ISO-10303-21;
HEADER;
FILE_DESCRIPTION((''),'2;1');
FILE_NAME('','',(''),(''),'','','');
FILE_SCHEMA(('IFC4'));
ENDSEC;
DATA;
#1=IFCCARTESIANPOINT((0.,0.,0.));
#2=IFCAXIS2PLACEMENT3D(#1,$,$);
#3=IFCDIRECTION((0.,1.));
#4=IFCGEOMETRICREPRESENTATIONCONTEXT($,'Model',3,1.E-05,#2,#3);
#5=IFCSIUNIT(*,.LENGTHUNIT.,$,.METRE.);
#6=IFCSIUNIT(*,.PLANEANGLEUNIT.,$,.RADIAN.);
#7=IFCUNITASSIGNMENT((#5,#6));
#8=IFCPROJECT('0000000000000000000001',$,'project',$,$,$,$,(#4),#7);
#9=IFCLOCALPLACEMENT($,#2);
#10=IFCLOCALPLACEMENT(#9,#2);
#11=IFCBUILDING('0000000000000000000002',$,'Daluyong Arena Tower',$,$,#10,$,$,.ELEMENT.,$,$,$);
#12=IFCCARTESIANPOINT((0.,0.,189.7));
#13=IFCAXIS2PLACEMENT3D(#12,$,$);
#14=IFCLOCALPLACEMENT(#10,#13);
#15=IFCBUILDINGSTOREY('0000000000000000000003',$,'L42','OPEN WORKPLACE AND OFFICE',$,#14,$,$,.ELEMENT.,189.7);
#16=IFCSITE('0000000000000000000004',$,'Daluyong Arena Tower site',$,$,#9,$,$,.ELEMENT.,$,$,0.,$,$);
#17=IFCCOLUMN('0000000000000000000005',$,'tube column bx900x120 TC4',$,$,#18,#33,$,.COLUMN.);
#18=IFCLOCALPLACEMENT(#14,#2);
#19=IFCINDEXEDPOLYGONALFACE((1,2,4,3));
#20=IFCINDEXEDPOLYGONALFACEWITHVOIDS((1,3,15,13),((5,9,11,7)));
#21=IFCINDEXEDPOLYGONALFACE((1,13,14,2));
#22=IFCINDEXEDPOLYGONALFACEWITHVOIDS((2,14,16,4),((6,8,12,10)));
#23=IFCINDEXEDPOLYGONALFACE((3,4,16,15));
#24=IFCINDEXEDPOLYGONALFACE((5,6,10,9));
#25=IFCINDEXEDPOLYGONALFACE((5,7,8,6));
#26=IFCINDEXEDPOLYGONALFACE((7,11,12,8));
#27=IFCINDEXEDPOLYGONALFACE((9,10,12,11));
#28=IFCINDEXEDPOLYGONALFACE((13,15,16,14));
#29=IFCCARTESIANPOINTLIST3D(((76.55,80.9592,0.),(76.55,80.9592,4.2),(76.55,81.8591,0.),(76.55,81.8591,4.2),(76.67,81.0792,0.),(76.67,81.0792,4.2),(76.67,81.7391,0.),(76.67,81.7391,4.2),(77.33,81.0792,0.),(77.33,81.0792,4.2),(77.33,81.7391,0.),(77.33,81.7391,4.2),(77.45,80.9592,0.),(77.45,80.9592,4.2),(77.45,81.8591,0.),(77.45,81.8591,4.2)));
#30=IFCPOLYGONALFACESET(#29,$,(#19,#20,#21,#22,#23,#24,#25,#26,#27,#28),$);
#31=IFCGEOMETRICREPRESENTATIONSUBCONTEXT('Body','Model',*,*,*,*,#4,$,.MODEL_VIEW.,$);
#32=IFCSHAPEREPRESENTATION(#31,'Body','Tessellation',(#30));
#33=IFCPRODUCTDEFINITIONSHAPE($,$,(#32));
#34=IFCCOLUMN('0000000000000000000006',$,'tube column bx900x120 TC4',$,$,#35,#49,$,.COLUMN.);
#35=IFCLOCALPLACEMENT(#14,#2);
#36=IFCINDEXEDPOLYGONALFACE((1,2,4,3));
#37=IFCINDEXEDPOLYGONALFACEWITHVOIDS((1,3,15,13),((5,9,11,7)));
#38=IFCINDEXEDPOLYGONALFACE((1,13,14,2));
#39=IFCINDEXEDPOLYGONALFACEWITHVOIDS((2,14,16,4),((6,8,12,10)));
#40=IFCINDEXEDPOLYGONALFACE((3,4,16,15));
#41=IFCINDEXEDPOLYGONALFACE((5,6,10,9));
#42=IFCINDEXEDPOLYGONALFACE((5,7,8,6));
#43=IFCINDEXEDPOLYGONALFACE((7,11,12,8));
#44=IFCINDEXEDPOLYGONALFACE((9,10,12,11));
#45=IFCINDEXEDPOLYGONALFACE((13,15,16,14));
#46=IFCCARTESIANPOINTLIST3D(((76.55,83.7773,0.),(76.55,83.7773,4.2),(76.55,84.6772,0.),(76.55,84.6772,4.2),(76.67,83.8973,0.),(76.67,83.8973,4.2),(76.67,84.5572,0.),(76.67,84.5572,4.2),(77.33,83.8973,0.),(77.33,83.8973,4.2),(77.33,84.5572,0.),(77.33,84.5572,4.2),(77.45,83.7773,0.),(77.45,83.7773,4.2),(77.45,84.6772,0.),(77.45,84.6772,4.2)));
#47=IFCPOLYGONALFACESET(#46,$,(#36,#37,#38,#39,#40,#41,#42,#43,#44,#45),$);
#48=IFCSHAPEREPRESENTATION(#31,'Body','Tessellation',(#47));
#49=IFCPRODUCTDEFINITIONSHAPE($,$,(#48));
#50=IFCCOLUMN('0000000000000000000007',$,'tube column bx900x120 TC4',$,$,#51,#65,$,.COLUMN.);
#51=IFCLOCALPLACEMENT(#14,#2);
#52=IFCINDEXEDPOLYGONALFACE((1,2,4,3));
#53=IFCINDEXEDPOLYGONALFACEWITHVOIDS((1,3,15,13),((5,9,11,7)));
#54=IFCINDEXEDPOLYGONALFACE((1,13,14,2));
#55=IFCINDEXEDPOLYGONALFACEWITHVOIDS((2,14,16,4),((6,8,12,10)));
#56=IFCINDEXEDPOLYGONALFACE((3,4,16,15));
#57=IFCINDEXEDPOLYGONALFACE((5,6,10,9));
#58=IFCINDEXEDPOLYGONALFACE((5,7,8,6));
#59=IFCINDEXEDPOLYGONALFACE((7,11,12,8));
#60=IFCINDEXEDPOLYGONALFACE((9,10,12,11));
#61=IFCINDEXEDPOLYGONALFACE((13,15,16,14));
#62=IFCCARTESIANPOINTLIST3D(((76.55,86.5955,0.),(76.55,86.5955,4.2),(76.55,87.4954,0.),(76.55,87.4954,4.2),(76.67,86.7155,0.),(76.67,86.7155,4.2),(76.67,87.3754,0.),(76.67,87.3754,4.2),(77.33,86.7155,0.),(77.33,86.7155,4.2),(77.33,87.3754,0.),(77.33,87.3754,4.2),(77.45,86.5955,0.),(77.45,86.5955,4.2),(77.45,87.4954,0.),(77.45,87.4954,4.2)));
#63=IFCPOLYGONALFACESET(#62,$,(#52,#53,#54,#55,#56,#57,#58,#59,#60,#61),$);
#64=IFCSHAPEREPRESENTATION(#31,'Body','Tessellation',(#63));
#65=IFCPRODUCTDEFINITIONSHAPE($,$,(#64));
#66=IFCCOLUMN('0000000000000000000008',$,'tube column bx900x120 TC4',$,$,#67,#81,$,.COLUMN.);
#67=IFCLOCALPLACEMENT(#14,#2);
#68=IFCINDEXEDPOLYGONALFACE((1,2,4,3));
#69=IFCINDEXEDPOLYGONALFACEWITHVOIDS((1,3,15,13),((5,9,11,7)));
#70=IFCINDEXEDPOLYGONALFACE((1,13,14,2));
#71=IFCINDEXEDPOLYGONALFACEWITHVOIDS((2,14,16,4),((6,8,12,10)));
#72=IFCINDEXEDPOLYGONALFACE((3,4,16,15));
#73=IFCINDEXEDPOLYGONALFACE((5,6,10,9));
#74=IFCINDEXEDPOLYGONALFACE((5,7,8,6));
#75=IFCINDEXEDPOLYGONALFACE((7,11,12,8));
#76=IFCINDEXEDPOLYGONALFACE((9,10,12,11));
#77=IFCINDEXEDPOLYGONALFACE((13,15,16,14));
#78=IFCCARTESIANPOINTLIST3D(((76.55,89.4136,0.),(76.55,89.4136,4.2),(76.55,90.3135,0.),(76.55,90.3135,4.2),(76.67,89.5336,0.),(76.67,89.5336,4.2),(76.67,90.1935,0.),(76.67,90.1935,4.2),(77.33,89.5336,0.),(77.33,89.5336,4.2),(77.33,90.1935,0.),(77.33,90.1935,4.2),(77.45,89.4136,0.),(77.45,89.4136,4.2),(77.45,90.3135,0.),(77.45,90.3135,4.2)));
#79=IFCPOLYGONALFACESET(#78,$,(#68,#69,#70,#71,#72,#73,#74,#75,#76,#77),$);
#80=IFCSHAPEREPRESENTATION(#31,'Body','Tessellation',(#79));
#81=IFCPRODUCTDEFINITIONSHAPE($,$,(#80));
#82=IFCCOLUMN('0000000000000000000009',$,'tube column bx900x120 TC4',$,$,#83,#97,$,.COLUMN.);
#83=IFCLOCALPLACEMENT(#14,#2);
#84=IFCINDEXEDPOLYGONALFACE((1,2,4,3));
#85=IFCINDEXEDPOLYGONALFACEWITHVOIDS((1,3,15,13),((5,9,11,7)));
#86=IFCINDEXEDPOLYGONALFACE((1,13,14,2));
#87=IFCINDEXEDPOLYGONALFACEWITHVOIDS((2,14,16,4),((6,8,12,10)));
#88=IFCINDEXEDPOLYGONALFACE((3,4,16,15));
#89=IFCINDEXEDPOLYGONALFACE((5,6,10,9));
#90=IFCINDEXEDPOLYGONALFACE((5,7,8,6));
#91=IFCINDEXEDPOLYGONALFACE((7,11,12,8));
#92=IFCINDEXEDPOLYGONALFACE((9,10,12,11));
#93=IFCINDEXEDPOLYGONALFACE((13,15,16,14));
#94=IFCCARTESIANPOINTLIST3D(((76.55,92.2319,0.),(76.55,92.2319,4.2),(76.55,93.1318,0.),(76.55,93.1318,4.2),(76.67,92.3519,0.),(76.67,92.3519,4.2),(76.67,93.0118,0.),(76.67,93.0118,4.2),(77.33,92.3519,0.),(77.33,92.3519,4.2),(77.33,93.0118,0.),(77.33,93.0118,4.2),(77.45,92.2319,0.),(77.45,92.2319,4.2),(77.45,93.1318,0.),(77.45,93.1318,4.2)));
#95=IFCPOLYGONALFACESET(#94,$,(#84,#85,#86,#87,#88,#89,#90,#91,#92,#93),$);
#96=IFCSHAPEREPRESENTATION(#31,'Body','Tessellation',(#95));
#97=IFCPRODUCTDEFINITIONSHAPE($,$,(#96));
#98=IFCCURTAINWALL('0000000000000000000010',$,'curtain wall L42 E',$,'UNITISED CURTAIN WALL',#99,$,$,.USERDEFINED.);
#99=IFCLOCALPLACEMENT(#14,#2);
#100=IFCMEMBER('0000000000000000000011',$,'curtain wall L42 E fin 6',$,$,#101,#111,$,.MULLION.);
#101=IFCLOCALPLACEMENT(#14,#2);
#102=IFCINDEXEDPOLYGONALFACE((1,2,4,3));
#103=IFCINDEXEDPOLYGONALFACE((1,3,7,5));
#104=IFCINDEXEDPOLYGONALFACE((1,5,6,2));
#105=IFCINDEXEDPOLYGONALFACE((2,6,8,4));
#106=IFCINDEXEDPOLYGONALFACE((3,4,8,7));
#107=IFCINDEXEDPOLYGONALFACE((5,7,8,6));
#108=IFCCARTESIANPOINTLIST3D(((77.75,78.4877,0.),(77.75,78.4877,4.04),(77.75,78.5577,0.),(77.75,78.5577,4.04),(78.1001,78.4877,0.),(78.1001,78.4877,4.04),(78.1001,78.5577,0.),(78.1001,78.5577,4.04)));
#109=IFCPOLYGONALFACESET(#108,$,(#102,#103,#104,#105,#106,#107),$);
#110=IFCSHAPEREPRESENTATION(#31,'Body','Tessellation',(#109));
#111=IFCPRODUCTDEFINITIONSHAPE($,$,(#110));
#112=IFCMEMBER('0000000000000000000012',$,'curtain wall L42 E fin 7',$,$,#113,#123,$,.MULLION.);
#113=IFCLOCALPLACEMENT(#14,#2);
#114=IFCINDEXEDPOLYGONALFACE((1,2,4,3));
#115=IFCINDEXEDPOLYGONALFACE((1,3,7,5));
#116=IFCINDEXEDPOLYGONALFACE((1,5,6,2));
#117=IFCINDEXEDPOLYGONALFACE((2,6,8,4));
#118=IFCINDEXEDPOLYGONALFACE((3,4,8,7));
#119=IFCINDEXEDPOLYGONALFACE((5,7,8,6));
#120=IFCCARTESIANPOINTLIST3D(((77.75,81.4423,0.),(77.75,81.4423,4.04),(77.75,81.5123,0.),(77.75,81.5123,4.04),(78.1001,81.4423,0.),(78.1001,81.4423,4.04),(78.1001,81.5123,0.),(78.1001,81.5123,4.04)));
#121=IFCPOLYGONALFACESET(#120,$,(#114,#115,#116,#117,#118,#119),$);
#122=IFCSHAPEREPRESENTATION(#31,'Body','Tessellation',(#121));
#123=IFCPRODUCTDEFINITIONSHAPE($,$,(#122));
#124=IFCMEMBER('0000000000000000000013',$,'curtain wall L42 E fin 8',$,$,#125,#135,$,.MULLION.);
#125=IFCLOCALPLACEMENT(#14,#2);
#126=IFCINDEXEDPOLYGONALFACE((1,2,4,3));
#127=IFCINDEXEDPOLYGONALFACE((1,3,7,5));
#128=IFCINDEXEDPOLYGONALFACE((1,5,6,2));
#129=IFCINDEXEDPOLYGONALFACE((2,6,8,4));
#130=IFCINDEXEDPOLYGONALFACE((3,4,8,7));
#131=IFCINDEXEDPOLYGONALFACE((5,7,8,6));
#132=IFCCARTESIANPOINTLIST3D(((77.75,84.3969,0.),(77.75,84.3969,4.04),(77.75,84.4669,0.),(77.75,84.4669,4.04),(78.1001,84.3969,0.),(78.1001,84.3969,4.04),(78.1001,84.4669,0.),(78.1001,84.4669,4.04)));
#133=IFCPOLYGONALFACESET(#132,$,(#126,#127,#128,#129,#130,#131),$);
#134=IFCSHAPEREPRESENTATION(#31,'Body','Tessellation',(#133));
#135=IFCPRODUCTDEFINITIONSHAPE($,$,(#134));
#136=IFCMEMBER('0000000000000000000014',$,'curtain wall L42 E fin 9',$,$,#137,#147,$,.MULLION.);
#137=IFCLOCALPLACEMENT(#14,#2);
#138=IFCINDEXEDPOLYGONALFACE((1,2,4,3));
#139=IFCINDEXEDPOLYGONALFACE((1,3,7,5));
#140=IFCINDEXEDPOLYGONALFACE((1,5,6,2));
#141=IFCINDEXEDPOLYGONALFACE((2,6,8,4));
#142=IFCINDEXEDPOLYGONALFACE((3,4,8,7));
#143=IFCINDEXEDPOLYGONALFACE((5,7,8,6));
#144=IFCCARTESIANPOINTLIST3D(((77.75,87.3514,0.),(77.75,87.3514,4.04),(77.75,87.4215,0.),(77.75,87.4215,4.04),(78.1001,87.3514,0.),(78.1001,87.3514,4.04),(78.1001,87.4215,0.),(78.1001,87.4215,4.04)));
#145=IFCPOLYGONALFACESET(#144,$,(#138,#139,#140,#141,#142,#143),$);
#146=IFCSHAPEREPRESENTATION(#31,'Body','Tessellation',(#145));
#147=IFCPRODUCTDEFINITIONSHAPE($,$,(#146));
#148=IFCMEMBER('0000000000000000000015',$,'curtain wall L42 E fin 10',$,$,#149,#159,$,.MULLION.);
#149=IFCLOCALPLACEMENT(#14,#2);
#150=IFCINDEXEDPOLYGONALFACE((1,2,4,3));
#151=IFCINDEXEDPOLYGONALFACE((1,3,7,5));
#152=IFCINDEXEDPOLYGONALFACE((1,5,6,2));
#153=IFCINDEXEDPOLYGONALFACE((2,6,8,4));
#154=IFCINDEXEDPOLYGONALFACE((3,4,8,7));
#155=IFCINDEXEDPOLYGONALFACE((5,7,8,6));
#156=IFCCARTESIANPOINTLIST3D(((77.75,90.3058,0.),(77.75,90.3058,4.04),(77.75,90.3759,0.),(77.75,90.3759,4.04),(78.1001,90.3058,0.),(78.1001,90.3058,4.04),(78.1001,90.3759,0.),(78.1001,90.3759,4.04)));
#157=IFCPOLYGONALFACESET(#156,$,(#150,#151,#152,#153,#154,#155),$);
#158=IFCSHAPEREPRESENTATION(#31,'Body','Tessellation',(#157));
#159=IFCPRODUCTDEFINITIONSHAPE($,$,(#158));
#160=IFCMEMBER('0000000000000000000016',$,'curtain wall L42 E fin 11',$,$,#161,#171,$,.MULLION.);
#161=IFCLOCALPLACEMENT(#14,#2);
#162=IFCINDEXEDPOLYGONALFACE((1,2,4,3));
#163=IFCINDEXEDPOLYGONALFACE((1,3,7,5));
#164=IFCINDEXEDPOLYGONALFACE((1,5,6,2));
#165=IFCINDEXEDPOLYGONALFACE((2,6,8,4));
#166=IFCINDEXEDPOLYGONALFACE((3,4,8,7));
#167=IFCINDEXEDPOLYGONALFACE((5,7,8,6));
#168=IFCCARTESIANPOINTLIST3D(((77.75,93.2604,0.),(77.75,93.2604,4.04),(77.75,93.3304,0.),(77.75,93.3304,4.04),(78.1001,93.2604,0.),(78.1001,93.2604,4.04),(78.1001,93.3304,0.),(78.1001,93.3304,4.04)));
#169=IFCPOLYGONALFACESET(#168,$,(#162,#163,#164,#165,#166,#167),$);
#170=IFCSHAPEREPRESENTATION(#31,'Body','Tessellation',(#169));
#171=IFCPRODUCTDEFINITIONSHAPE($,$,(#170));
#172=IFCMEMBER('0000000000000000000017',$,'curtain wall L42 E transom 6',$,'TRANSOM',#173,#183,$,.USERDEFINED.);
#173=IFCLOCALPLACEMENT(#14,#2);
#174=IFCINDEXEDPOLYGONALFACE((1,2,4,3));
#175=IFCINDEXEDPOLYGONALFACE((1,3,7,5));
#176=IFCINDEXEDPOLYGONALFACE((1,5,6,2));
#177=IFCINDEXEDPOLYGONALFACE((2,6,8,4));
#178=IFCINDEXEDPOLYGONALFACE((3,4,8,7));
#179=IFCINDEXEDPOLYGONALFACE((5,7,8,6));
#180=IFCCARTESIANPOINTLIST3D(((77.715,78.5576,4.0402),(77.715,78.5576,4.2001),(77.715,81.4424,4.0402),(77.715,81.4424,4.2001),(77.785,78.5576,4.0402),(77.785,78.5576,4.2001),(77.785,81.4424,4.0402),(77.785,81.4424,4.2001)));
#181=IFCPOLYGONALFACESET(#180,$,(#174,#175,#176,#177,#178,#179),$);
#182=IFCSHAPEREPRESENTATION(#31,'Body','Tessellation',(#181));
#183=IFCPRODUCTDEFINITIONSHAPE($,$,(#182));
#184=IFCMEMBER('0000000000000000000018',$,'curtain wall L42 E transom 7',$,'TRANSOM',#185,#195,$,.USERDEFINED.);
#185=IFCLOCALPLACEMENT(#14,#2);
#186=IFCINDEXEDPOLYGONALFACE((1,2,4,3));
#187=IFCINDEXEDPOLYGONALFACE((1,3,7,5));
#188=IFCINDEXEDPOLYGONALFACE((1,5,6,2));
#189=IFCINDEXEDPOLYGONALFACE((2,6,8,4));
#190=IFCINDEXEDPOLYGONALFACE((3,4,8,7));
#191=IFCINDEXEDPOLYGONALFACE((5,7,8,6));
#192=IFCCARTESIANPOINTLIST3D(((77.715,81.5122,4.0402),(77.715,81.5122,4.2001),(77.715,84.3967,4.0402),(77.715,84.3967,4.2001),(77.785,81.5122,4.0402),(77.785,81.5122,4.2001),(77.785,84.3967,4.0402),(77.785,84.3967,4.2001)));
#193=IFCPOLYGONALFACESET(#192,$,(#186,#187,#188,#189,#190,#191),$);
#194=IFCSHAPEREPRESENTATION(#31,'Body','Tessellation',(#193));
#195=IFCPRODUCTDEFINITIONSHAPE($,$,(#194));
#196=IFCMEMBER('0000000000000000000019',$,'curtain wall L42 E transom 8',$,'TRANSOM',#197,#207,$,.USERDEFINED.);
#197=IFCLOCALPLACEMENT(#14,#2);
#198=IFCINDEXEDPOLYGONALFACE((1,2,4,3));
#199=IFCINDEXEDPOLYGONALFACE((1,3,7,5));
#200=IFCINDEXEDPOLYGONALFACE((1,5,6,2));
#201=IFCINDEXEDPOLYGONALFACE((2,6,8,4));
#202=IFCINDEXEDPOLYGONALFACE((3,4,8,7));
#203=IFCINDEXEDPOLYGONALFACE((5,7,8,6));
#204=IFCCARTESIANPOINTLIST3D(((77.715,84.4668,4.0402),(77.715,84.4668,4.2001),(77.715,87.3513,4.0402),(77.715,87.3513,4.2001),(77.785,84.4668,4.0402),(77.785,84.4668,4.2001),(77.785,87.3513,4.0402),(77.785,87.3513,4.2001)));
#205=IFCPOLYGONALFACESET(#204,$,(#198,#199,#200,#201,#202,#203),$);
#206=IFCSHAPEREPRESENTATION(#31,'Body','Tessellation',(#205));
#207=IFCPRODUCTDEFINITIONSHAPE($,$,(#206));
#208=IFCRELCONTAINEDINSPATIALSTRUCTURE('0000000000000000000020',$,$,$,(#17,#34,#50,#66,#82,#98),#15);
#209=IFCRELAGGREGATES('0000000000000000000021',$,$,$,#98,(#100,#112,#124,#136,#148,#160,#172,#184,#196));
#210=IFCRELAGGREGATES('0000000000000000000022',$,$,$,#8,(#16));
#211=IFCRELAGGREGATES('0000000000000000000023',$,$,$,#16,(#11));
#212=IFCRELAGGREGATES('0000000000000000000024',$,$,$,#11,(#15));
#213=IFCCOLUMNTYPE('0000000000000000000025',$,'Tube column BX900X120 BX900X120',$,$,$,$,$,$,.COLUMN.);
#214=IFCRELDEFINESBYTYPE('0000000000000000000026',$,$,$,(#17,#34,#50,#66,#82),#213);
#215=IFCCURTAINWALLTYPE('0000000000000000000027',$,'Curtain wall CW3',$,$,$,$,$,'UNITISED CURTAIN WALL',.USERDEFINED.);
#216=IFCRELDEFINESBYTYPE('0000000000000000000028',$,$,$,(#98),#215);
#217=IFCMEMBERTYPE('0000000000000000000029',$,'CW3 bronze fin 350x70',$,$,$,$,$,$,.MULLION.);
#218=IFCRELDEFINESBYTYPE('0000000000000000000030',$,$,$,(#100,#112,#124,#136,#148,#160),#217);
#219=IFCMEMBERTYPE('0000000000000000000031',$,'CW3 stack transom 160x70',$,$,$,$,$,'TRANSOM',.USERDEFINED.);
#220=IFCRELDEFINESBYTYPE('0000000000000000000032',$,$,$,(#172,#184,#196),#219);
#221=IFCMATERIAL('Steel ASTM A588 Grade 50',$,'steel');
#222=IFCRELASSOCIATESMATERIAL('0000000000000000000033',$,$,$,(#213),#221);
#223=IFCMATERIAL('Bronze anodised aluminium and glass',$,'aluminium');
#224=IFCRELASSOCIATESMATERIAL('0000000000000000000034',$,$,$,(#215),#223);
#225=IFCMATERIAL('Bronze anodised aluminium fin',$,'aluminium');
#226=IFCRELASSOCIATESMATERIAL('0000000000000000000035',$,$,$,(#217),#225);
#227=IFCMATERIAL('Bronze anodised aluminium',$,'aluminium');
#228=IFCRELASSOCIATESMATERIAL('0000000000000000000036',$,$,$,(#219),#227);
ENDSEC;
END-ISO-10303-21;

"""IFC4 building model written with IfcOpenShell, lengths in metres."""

from ifc_helpers import new_model, si_unit, direction, frame, origin, origin_2d, place, context, subcontext, project, spatial, rectangle, hollow_rectangle, extrude, material, material_profile, profile_set, type_object, element, aggregate, save


model = new_model("IFC4")

# Units and contexts
model_context = context("Model", 3, precision=1e-05, world=origin(), true_north=direction((0.0, 1.0)))
body_context = subcontext(model_context, "Body", "Model", "MODEL_VIEW")
ifc_project = project(units=[si_unit("LENGTHUNIT", "METRE"), si_unit("PLANEANGLEUNIT", "RADIAN")], contexts=[model_context])

# Site, building, storey
site_placement = place(None, origin())
site = spatial("IfcSite", under=ifc_project, at=site_placement, Name="Daluyong Arena Tower site", CompositionType="ELEMENT", RefElevation=0.0)
building_placement = place(site_placement, origin())
building = spatial("IfcBuilding", under=site, at=building_placement, Name="Daluyong Arena Tower", CompositionType="ELEMENT")
storey_placement = place(building_placement, frame((0.0, 0.0, 189.7)))
storey = spatial("IfcBuildingStorey", under=building, at=storey_placement, Name="L42", Description="OPEN WORKPLACE AND OFFICE", CompositionType="ELEMENT", Elevation=189.7)

# Columns
ifc_material_1 = material(Name="Steel ASTM A588 Grade 50", Category="steel")
ifc_material_profile_1 = material_profile(ifc_material_1, hollow_rectangle(XDim=0.8999, YDim=0.8999, WallThickness=0.12, at=origin_2d()))
ifc_profile_set_1 = profile_set([ifc_material_profile_1], Name="Steel ASTM A588 Grade 50")
column_type = type_object("IfcColumnType", Name="Tube column BX900X120 BX900X120", PredefinedType="COLUMN", material=ifc_profile_set_1)
for number, where, z_axis, x_axis, name in (
    (1, (77.0, 81.4092, 0.0), (0.0, 0.0, 1.0), (0.0, 1.0, 0.0), "tube column bx900x120 TC4"),
    (2, (77.0, 84.2273, 0.0), (0.0, 0.0, 1.0), (0.0, 1.0, 0.0), "tube column bx900x120 TC4"),
    (3, (77.0, 87.0454, 0.0), (0.0, 0.0, 1.0), (0.0, 1.0, 0.0), "tube column bx900x120 TC4"),
    (4, (77.0, 89.8635, 0.0), (0.0, 0.0, 1.0), (0.0, 1.0, 0.0), "tube column bx900x120 TC4"),
    (5, (77.0, 92.6819, 0.0), (0.0, 0.0, 1.0), (0.0, 1.0, 0.0), "tube column bx900x120 TC4"),
):
    element("IfcColumn", number, at=place(storey_placement, frame(where, z_axis=z_axis, x_axis=x_axis)), inside=storey, type_object=column_type, Name=name, PredefinedType="COLUMN", context=body_context, shape_type="SweptSolid", body=[
        extrude(hollow_rectangle(XDim=0.8999, YDim=0.8999, WallThickness=0.12, at=origin_2d()), origin(), (0.0, 0.0, 1.0), 4.2),
    ])

# Curtain wall, members
ifc_material_2 = material(Name="Bronze anodised aluminium and glass", Category="aluminium")
curtain_wall_type = type_object("IfcCurtainWallType", Name="Curtain wall CW3", ElementType="UNITISED CURTAIN WALL", PredefinedType="USERDEFINED", material=ifc_material_2)
curtain_wall_placement = place(storey_placement, origin())
curtain_wall = element("IfcCurtainWall", 6, at=curtain_wall_placement, inside=storey, type_object=curtain_wall_type, Name="curtain wall L42 E", ObjectType="UNITISED CURTAIN WALL", PredefinedType="USERDEFINED")
ifc_material_3 = material(Name="Bronze anodised aluminium fin", Category="aluminium")
ifc_material_profile_2 = material_profile(ifc_material_3, rectangle(XDim=0.3501, YDim=0.0701, at=origin_2d()))
ifc_profile_set_2 = profile_set([ifc_material_profile_2], Name="Bronze anodised aluminium fin")
member_type_1 = type_object("IfcMemberType", Name="CW3 bronze fin 350x70", PredefinedType="MULLION", material=ifc_profile_set_2)
member_1_placement = place(storey_placement, frame((77.925, 78.5227, 0.0), z_axis=(0.0, 0.0, 1.0), x_axis=(-1.0, 0.0, 0.0)))
member_1 = element("IfcMember", 7, at=member_1_placement, type_object=member_type_1, Name="curtain wall L42 E fin 6", PredefinedType="MULLION", context=body_context, shape_type="SweptSolid", body=[
    extrude(rectangle(XDim=0.3501, YDim=0.0701, at=origin_2d()), origin(), (0.0, 0.0, 1.0), 4.04),
])
member_2_placement = place(storey_placement, frame((77.925, 81.4773, 0.0), z_axis=(0.0, 0.0, 1.0), x_axis=(-1.0, 0.0, 0.0)))
member_2 = element("IfcMember", 8, at=member_2_placement, type_object=member_type_1, Name="curtain wall L42 E fin 7", PredefinedType="MULLION", context=body_context, shape_type="SweptSolid", body=[
    extrude(rectangle(XDim=0.3501, YDim=0.0701, at=origin_2d()), origin(), (0.0, 0.0, 1.0), 4.04),
])
member_3_placement = place(storey_placement, frame((77.925, 84.4319, 0.0), z_axis=(0.0, 0.0, 1.0), x_axis=(-1.0, 0.0, 0.0)))
member_3 = element("IfcMember", 9, at=member_3_placement, type_object=member_type_1, Name="curtain wall L42 E fin 8", PredefinedType="MULLION", context=body_context, shape_type="SweptSolid", body=[
    extrude(rectangle(XDim=0.3501, YDim=0.0701, at=origin_2d()), origin(), (0.0, 0.0, 1.0), 4.04),
])
member_4_placement = place(storey_placement, frame((77.925, 87.3865, 0.0), z_axis=(0.0, 0.0, 1.0), x_axis=(-1.0, 0.0, 0.0)))
member_4 = element("IfcMember", 10, at=member_4_placement, type_object=member_type_1, Name="curtain wall L42 E fin 9", PredefinedType="MULLION", context=body_context, shape_type="SweptSolid", body=[
    extrude(rectangle(XDim=0.3501, YDim=0.0701, at=origin_2d()), origin(), (0.0, 0.0, 1.0), 4.04),
])
member_5_placement = place(storey_placement, frame((77.925, 90.3408, 0.0), z_axis=(0.0, 0.0, 1.0), x_axis=(-1.0, 0.0, 0.0)))
member_5 = element("IfcMember", 11, at=member_5_placement, type_object=member_type_1, Name="curtain wall L42 E fin 10", PredefinedType="MULLION", context=body_context, shape_type="SweptSolid", body=[
    extrude(rectangle(XDim=0.3501, YDim=0.0701, at=origin_2d()), origin(), (0.0, 0.0, 1.0), 4.04),
])
member_6_placement = place(storey_placement, frame((77.925, 93.2954, 0.0), z_axis=(0.0, 0.0, 1.0), x_axis=(-1.0, 0.0, 0.0)))
member_6 = element("IfcMember", 12, at=member_6_placement, type_object=member_type_1, Name="curtain wall L42 E fin 11", PredefinedType="MULLION", context=body_context, shape_type="SweptSolid", body=[
    extrude(rectangle(XDim=0.3501, YDim=0.0701, at=origin_2d()), origin(), (0.0, 0.0, 1.0), 4.04),
])
ifc_material_4 = material(Name="Bronze anodised aluminium", Category="aluminium")
ifc_material_profile_3 = material_profile(ifc_material_4, rectangle(XDim=0.0701, YDim=0.1599, at=origin_2d()))
ifc_profile_set_3 = profile_set([ifc_material_profile_3], Name="Bronze anodised aluminium")
member_type_2 = type_object("IfcMemberType", Name="CW3 stack transom 160x70", ElementType="TRANSOM", PredefinedType="USERDEFINED", material=ifc_profile_set_3)
member_7_placement = place(storey_placement, frame((77.75, 78.5576, 4.1201), z_axis=(0.0, 1.0, 0.0), x_axis=(-1.0, 0.0, 0.0)))
member_7 = element("IfcMember", 13, at=member_7_placement, type_object=member_type_2, Name="curtain wall L42 E transom 6", ObjectType="TRANSOM", PredefinedType="USERDEFINED", context=body_context, shape_type="SweptSolid", body=[
    extrude(rectangle(XDim=0.0701, YDim=0.1599, at=origin_2d()), origin(), (0.0, 0.0, 1.0), 2.8848),
])
member_8_placement = place(storey_placement, frame((77.75, 81.5122, 4.1201), z_axis=(0.0, 1.0, 0.0), x_axis=(-1.0, 0.0, 0.0)))
member_8 = element("IfcMember", 14, at=member_8_placement, type_object=member_type_2, Name="curtain wall L42 E transom 7", ObjectType="TRANSOM", PredefinedType="USERDEFINED", context=body_context, shape_type="SweptSolid", body=[
    extrude(rectangle(XDim=0.0701, YDim=0.1599, at=origin_2d()), origin(), (0.0, 0.0, 1.0), 2.8845),
])
member_9_placement = place(storey_placement, frame((77.75, 84.4668, 4.1201), z_axis=(0.0, 1.0, 0.0), x_axis=(-1.0, 0.0, 0.0)))
member_9 = element("IfcMember", 15, at=member_9_placement, type_object=member_type_2, Name="curtain wall L42 E transom 8", ObjectType="TRANSOM", PredefinedType="USERDEFINED", context=body_context, shape_type="SweptSolid", body=[
    extrude(rectangle(XDim=0.0701, YDim=0.1599, at=origin_2d()), origin(), (0.0, 0.0, 1.0), 2.8845),
])

aggregate(curtain_wall, [member_1, member_2, member_3, member_4, member_5, member_6, member_7, member_8, member_9])

save(model, "model.ifc")
